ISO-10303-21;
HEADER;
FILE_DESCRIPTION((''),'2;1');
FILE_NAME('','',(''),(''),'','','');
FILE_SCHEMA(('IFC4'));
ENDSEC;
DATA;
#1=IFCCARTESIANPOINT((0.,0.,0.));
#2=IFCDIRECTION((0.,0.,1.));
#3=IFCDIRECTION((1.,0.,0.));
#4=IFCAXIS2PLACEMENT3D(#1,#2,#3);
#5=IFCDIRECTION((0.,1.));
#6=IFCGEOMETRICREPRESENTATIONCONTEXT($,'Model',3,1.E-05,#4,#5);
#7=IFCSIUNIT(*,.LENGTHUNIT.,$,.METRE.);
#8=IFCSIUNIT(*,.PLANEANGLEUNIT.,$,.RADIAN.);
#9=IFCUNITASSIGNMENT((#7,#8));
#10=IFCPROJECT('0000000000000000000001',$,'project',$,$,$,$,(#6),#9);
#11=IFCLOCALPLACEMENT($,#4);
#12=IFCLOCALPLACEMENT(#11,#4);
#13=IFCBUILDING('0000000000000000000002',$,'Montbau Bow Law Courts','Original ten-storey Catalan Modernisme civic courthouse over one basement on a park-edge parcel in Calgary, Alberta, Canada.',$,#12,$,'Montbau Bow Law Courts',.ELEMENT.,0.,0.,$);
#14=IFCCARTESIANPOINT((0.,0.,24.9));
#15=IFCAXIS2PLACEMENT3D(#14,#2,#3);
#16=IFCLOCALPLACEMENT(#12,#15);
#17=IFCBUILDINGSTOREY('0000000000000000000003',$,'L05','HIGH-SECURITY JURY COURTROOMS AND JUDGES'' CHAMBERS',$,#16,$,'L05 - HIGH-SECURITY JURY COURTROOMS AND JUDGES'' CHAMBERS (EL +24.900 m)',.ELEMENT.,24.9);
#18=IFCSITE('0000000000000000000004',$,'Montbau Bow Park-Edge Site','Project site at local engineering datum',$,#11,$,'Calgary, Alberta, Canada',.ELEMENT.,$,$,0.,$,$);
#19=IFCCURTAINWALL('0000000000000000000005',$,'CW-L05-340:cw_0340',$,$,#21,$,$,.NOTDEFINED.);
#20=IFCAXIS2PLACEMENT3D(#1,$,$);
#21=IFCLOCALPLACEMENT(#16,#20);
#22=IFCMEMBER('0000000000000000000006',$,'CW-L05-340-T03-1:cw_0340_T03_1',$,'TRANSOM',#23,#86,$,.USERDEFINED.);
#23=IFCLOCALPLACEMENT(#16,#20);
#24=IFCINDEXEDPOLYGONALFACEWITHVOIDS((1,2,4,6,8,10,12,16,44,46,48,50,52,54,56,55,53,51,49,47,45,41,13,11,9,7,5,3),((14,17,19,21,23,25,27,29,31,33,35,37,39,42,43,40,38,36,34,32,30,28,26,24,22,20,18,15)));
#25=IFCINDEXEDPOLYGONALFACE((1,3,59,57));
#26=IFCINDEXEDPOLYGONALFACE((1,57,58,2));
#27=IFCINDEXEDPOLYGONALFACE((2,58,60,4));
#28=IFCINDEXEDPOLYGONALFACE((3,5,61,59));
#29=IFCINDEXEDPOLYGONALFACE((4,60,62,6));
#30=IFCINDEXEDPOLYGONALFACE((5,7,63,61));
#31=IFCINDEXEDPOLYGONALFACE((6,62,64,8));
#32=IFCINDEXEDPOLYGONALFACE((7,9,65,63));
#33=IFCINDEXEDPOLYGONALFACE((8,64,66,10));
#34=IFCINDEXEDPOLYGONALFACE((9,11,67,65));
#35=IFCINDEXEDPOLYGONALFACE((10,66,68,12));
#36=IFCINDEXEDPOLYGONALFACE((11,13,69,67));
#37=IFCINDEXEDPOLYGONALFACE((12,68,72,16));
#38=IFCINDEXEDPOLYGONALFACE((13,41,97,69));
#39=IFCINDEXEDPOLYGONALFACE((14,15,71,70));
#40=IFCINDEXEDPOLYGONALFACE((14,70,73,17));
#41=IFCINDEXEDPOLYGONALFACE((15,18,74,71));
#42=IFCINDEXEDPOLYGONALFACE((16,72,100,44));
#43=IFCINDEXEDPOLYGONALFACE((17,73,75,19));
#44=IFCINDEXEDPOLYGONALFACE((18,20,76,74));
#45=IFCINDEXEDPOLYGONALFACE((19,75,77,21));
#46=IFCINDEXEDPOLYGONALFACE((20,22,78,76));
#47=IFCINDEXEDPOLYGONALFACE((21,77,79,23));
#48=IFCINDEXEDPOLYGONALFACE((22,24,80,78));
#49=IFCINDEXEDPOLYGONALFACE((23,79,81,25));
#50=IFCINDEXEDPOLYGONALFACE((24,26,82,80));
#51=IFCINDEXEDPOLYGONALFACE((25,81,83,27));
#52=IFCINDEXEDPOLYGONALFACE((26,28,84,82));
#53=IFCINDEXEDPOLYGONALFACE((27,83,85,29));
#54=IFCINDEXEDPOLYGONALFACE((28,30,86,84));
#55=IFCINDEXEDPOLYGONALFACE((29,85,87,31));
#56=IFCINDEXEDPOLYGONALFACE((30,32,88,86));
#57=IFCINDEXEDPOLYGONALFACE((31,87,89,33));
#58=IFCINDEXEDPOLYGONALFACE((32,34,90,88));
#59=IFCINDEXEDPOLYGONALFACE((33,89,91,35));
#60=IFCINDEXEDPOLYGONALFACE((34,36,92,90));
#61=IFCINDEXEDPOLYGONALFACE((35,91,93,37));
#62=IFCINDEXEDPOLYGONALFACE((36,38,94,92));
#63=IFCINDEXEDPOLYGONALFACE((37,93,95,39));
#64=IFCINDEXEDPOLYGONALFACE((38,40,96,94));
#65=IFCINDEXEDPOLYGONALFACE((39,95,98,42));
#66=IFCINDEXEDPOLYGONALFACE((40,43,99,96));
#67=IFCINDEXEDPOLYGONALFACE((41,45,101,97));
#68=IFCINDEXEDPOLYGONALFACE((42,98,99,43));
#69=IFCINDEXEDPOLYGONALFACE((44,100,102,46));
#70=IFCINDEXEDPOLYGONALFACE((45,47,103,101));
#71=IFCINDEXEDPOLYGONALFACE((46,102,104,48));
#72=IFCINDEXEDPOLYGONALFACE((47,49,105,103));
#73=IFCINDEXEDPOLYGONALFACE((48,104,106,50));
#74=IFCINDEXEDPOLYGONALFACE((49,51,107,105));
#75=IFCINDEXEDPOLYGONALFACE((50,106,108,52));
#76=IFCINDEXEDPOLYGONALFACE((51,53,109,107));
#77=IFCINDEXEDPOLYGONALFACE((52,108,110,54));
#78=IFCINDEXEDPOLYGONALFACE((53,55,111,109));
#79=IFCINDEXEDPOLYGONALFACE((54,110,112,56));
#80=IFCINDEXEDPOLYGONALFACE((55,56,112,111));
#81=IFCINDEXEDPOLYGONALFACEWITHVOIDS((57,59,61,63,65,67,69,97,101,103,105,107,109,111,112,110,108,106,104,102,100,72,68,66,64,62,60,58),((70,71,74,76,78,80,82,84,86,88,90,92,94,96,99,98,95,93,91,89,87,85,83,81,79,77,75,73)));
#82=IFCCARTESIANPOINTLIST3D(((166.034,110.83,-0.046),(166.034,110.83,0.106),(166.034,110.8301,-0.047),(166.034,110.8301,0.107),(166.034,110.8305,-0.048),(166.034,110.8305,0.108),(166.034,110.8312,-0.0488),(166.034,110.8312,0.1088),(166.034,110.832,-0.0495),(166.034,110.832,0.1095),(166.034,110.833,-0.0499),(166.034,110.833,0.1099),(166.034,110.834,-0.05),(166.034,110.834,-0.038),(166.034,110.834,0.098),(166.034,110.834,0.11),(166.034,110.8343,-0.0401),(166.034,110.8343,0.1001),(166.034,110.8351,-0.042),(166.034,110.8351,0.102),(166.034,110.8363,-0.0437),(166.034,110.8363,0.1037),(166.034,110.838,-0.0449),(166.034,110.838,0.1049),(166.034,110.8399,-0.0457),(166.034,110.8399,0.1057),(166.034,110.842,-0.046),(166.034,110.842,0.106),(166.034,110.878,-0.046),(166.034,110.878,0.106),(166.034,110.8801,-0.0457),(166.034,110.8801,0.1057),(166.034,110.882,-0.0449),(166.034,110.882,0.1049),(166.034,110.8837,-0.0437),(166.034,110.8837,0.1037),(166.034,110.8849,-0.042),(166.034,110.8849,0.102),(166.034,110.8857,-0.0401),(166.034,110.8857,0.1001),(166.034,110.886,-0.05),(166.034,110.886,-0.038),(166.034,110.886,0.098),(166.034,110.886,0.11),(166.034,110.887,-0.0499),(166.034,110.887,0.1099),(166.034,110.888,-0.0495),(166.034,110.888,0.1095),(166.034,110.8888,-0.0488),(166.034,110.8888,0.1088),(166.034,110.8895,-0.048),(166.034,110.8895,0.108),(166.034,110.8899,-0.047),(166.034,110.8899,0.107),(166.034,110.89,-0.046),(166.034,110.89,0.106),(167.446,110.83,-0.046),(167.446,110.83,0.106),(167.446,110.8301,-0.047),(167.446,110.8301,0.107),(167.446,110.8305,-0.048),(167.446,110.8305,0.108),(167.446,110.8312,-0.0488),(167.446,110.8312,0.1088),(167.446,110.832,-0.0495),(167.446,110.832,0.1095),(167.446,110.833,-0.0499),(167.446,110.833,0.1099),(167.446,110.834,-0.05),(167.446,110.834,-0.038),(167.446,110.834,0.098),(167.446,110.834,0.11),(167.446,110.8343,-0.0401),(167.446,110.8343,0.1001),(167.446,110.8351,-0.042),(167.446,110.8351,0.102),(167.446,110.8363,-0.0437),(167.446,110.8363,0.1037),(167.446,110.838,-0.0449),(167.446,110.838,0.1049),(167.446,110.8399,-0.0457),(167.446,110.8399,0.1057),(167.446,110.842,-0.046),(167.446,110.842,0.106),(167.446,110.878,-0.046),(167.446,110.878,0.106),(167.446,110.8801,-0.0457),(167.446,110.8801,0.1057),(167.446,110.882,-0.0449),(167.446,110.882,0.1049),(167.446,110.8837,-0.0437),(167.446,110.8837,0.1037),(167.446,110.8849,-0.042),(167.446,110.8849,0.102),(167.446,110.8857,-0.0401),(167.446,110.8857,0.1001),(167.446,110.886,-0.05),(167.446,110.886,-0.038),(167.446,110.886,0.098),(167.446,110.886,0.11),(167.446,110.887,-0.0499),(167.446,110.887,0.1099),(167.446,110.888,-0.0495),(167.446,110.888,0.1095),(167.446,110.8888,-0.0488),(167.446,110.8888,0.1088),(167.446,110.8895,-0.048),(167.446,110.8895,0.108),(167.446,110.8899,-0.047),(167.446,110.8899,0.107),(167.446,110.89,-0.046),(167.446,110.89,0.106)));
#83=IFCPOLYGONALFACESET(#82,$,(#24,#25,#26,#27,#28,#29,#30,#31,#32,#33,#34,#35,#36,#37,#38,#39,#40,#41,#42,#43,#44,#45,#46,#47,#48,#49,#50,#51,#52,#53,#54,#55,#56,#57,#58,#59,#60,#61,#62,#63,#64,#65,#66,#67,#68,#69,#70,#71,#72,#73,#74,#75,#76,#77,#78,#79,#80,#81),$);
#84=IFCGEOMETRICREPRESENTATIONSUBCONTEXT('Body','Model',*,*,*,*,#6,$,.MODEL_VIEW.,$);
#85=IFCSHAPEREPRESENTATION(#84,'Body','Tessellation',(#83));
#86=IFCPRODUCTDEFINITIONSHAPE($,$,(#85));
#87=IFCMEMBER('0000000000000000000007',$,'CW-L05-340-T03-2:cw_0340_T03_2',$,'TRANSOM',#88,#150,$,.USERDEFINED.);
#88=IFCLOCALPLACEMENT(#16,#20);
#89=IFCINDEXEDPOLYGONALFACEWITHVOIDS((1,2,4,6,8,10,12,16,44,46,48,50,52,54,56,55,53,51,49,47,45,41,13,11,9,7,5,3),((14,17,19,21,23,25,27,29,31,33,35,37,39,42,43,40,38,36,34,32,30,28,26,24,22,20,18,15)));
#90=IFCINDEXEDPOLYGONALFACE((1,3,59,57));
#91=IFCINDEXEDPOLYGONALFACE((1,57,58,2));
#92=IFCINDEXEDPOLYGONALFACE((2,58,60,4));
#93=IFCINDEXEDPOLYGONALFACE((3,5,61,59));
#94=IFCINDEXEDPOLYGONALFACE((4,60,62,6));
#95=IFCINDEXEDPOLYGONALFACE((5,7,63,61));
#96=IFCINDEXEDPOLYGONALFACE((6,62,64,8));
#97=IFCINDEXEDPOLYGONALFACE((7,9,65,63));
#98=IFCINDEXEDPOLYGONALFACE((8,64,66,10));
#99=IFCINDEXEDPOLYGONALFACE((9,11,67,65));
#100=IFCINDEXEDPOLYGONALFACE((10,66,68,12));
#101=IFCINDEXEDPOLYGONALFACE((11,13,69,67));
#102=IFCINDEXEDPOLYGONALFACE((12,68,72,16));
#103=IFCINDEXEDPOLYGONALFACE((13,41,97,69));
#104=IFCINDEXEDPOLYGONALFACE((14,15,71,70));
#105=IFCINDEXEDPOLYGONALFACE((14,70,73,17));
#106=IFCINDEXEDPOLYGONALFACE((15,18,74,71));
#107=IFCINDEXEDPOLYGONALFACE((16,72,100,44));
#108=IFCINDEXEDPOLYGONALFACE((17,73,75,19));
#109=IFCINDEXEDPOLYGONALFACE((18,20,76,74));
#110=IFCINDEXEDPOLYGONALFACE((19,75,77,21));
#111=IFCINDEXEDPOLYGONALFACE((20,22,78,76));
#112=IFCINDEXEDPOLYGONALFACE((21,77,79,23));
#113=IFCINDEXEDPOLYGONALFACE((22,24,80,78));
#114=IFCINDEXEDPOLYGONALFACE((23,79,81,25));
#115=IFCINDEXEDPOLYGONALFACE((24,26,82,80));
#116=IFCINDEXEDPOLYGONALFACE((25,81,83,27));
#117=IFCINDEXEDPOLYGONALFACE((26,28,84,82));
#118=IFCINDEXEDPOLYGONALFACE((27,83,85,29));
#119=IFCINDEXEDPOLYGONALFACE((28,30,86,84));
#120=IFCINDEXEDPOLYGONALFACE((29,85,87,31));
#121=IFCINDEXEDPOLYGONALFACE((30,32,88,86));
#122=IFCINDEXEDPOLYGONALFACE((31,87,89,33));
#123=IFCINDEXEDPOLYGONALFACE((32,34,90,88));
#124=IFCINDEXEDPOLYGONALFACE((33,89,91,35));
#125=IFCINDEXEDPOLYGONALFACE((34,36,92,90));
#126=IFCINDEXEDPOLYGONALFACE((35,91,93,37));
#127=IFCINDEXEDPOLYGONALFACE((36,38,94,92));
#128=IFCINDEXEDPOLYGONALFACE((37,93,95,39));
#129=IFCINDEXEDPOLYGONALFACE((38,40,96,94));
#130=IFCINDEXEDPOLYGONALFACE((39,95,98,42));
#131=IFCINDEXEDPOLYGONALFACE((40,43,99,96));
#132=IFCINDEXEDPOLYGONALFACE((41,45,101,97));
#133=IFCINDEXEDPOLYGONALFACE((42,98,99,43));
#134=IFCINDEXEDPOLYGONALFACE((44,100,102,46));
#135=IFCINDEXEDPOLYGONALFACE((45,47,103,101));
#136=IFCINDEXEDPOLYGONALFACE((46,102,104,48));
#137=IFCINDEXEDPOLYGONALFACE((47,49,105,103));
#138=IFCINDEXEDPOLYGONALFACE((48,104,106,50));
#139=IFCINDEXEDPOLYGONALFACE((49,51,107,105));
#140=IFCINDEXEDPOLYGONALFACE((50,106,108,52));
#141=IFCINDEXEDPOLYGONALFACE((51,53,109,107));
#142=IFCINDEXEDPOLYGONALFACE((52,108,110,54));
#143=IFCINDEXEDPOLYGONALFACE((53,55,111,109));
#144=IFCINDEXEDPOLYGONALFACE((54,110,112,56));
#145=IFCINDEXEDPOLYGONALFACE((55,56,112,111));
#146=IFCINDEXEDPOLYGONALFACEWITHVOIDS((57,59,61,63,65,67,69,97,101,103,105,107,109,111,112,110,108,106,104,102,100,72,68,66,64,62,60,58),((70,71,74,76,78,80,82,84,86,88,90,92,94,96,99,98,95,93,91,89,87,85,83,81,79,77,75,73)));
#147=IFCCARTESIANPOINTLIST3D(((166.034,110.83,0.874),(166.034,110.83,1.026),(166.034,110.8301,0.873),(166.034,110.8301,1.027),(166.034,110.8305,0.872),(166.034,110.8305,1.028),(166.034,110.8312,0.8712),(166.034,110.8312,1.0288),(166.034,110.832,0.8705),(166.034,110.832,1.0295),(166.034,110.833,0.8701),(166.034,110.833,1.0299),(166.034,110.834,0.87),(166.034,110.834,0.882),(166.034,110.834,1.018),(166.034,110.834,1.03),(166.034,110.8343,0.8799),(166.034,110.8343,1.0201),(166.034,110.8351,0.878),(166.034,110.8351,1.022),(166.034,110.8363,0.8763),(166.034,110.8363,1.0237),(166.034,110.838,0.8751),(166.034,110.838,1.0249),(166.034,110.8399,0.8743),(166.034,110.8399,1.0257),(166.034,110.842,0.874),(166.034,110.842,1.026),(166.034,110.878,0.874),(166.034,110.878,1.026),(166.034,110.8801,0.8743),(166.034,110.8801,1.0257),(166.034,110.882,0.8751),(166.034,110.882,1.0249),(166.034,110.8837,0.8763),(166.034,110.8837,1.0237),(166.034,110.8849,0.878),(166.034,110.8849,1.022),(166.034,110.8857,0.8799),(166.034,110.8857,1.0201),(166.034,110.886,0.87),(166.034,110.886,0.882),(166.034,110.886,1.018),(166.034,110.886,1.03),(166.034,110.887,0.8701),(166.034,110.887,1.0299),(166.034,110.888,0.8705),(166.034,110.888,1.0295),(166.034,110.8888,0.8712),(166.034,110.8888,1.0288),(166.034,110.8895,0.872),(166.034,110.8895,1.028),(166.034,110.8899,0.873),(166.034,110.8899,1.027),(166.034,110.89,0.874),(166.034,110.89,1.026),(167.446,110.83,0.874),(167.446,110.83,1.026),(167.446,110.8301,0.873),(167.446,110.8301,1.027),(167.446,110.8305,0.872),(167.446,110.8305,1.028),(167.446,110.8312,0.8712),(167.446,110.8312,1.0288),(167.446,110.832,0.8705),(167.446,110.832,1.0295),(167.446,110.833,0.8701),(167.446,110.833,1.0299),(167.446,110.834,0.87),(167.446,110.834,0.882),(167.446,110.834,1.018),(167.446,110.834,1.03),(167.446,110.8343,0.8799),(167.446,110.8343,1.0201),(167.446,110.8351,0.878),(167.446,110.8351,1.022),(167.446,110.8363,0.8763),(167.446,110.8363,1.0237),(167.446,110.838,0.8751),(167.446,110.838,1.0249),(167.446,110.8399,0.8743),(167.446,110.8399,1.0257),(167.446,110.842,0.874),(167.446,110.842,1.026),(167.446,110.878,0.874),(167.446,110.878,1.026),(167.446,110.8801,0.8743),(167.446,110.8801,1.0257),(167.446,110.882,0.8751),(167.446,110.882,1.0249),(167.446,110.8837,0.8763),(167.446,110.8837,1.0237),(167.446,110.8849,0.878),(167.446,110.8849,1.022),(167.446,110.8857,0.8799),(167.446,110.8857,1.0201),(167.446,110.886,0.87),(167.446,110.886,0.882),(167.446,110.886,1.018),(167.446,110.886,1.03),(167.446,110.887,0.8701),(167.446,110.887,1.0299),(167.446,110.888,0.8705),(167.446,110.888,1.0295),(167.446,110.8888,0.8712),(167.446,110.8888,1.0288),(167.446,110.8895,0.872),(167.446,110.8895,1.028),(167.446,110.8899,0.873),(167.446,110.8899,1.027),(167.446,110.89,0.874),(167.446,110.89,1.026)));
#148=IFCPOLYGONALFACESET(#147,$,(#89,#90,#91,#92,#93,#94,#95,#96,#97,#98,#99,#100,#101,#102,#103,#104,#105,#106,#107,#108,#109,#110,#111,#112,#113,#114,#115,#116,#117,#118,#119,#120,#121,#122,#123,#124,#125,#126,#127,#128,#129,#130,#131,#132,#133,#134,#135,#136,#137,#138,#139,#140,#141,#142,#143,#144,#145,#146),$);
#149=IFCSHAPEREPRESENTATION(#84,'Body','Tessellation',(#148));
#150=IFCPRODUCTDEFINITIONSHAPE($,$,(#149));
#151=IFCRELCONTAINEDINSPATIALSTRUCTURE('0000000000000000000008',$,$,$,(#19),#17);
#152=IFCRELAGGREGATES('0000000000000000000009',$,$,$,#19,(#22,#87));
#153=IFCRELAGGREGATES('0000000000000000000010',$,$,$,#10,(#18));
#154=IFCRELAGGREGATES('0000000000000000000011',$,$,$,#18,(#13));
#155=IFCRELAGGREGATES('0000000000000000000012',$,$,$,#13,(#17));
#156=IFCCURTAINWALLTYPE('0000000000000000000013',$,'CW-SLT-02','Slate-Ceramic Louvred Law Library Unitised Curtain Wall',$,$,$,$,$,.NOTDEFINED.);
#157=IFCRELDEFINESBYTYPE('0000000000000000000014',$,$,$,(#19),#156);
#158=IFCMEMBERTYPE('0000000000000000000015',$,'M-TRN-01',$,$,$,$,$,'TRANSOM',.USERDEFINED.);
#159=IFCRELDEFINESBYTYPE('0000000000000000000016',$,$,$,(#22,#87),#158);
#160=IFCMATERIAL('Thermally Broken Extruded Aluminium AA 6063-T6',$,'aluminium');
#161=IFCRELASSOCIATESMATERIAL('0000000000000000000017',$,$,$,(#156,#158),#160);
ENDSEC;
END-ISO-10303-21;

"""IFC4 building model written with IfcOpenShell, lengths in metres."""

from ifc_helpers import new_model, si_unit, direction, frame, origin_with_axes, origin_2d_with_axis, place, context, subcontext, project, spatial, hollow_rectangle, extrude, material, material_profile, profile_set, type_object, element, aggregate, save


model = new_model("IFC4")

# Units and contexts
model_context = context("Model", 3, precision=1e-05, world=origin_with_axes(), true_north=direction((0.0, 1.0)))
body_context = subcontext(model_context, "Body", "Model", "MODEL_VIEW")
ifc_project = project(units=[si_unit("LENGTHUNIT", "METRE"), si_unit("PLANEANGLEUNIT", "RADIAN")], contexts=[model_context])

# Site, building, storey
site_placement = place(None, origin_with_axes())
site = spatial("IfcSite", under=ifc_project, at=site_placement, Name="Montbau Bow Park-Edge Site", Description="Project site at local engineering datum", LongName="Calgary, Alberta, Canada", CompositionType="ELEMENT", RefElevation=0.0)
building_placement = place(site_placement, origin_with_axes())
building = spatial("IfcBuilding", under=site, at=building_placement, Name="Montbau Bow Law Courts", Description="Original ten-storey Catalan Modernisme civic courthouse over one basement on a park-edge parcel in Calgary, Alberta, Canada.", LongName="Montbau Bow Law Courts", CompositionType="ELEMENT", ElevationOfRefHeight=0.0, ElevationOfTerrain=0.0)
storey_placement = place(building_placement, frame((0.0, 0.0, 24.9), z_axis=(0.0, 0.0, 1.0), x_axis=(1.0, 0.0, 0.0)))
storey = spatial("IfcBuildingStorey", under=building, at=storey_placement, Name="L05", Description="HIGH-SECURITY JURY COURTROOMS AND JUDGES' CHAMBERS", LongName="L05 - HIGH-SECURITY JURY COURTROOMS AND JUDGES' CHAMBERS (EL +24.900 m)", CompositionType="ELEMENT", Elevation=24.9)

# Curtain wall, members
ifc_material_1 = material(Name="Thermally Broken Extruded Aluminium AA 6063-T6", Category="aluminium")
curtain_wall_type = type_object("IfcCurtainWallType", Name="CW-SLT-02", Description="Slate-Ceramic Louvred Law Library Unitised Curtain Wall", PredefinedType="NOTDEFINED", material=ifc_material_1)
curtain_wall_placement = place(None, frame((163.04, 110.86, 24.9), z_axis=(0.0, 0.0, 1.0), x_axis=(1.0, 0.0, 0.0)))
curtain_wall = element("IfcCurtainWall", 1, at=curtain_wall_placement, inside=storey, type_object=curtain_wall_type, Name="CW-L05-340:cw_0340", PredefinedType="NOTDEFINED")
ifc_material_profile_1 = material_profile(ifc_material_1, hollow_rectangle(XDim=0.06, YDim=0.16, WallThickness=0.004, InnerFilletRadius=0.008, OuterFilletRadius=0.004, at=origin_2d_with_axis()), Name="CWT-160X60", Category="Main", Priority=0)
ifc_profile_set_1 = profile_set([ifc_material_profile_1], Name="Thermally Broken Extruded Aluminium AA 6063-T6")
member_type_1 = type_object("IfcMemberType", Name="M-TRN-01", ElementType="TRANSOM", PredefinedType="USERDEFINED", material=ifc_profile_set_1)
member_1_placement = place(None, frame((166.034, 110.86, 24.93), z_axis=(1.0, 0.0, 0.0), x_axis=(0.0, 1.0, 0.0)))
member_1 = element("IfcMember", 2, at=member_1_placement, type_object=member_type_1, Name="CW-L05-340-T03-1:cw_0340_T03_1", ObjectType="TRANSOM", PredefinedType="USERDEFINED", context=body_context, shape_type="SweptSolid", body=[
    extrude(hollow_rectangle(XDim=0.06, YDim=0.16, WallThickness=0.004, InnerFilletRadius=0.008, OuterFilletRadius=0.004, at=origin_2d_with_axis()), origin_with_axes(), (0.0, 0.0, 1.0), 1.412),
])
member_2_placement = place(None, frame((166.034, 110.86, 25.85), z_axis=(1.0, 0.0, 0.0), x_axis=(0.0, 1.0, 0.0)))
member_2 = element("IfcMember", 3, at=member_2_placement, type_object=member_type_1, Name="CW-L05-340-T03-2:cw_0340_T03_2", ObjectType="TRANSOM", PredefinedType="USERDEFINED", context=body_context, shape_type="SweptSolid", body=[
    extrude(hollow_rectangle(XDim=0.06, YDim=0.16, WallThickness=0.004, InnerFilletRadius=0.008, OuterFilletRadius=0.004, at=origin_2d_with_axis()), origin_with_axes(), (0.0, 0.0, 1.0), 1.412),
])
aggregate(curtain_wall, [member_1, member_2])

save(model, "model.ifc")
